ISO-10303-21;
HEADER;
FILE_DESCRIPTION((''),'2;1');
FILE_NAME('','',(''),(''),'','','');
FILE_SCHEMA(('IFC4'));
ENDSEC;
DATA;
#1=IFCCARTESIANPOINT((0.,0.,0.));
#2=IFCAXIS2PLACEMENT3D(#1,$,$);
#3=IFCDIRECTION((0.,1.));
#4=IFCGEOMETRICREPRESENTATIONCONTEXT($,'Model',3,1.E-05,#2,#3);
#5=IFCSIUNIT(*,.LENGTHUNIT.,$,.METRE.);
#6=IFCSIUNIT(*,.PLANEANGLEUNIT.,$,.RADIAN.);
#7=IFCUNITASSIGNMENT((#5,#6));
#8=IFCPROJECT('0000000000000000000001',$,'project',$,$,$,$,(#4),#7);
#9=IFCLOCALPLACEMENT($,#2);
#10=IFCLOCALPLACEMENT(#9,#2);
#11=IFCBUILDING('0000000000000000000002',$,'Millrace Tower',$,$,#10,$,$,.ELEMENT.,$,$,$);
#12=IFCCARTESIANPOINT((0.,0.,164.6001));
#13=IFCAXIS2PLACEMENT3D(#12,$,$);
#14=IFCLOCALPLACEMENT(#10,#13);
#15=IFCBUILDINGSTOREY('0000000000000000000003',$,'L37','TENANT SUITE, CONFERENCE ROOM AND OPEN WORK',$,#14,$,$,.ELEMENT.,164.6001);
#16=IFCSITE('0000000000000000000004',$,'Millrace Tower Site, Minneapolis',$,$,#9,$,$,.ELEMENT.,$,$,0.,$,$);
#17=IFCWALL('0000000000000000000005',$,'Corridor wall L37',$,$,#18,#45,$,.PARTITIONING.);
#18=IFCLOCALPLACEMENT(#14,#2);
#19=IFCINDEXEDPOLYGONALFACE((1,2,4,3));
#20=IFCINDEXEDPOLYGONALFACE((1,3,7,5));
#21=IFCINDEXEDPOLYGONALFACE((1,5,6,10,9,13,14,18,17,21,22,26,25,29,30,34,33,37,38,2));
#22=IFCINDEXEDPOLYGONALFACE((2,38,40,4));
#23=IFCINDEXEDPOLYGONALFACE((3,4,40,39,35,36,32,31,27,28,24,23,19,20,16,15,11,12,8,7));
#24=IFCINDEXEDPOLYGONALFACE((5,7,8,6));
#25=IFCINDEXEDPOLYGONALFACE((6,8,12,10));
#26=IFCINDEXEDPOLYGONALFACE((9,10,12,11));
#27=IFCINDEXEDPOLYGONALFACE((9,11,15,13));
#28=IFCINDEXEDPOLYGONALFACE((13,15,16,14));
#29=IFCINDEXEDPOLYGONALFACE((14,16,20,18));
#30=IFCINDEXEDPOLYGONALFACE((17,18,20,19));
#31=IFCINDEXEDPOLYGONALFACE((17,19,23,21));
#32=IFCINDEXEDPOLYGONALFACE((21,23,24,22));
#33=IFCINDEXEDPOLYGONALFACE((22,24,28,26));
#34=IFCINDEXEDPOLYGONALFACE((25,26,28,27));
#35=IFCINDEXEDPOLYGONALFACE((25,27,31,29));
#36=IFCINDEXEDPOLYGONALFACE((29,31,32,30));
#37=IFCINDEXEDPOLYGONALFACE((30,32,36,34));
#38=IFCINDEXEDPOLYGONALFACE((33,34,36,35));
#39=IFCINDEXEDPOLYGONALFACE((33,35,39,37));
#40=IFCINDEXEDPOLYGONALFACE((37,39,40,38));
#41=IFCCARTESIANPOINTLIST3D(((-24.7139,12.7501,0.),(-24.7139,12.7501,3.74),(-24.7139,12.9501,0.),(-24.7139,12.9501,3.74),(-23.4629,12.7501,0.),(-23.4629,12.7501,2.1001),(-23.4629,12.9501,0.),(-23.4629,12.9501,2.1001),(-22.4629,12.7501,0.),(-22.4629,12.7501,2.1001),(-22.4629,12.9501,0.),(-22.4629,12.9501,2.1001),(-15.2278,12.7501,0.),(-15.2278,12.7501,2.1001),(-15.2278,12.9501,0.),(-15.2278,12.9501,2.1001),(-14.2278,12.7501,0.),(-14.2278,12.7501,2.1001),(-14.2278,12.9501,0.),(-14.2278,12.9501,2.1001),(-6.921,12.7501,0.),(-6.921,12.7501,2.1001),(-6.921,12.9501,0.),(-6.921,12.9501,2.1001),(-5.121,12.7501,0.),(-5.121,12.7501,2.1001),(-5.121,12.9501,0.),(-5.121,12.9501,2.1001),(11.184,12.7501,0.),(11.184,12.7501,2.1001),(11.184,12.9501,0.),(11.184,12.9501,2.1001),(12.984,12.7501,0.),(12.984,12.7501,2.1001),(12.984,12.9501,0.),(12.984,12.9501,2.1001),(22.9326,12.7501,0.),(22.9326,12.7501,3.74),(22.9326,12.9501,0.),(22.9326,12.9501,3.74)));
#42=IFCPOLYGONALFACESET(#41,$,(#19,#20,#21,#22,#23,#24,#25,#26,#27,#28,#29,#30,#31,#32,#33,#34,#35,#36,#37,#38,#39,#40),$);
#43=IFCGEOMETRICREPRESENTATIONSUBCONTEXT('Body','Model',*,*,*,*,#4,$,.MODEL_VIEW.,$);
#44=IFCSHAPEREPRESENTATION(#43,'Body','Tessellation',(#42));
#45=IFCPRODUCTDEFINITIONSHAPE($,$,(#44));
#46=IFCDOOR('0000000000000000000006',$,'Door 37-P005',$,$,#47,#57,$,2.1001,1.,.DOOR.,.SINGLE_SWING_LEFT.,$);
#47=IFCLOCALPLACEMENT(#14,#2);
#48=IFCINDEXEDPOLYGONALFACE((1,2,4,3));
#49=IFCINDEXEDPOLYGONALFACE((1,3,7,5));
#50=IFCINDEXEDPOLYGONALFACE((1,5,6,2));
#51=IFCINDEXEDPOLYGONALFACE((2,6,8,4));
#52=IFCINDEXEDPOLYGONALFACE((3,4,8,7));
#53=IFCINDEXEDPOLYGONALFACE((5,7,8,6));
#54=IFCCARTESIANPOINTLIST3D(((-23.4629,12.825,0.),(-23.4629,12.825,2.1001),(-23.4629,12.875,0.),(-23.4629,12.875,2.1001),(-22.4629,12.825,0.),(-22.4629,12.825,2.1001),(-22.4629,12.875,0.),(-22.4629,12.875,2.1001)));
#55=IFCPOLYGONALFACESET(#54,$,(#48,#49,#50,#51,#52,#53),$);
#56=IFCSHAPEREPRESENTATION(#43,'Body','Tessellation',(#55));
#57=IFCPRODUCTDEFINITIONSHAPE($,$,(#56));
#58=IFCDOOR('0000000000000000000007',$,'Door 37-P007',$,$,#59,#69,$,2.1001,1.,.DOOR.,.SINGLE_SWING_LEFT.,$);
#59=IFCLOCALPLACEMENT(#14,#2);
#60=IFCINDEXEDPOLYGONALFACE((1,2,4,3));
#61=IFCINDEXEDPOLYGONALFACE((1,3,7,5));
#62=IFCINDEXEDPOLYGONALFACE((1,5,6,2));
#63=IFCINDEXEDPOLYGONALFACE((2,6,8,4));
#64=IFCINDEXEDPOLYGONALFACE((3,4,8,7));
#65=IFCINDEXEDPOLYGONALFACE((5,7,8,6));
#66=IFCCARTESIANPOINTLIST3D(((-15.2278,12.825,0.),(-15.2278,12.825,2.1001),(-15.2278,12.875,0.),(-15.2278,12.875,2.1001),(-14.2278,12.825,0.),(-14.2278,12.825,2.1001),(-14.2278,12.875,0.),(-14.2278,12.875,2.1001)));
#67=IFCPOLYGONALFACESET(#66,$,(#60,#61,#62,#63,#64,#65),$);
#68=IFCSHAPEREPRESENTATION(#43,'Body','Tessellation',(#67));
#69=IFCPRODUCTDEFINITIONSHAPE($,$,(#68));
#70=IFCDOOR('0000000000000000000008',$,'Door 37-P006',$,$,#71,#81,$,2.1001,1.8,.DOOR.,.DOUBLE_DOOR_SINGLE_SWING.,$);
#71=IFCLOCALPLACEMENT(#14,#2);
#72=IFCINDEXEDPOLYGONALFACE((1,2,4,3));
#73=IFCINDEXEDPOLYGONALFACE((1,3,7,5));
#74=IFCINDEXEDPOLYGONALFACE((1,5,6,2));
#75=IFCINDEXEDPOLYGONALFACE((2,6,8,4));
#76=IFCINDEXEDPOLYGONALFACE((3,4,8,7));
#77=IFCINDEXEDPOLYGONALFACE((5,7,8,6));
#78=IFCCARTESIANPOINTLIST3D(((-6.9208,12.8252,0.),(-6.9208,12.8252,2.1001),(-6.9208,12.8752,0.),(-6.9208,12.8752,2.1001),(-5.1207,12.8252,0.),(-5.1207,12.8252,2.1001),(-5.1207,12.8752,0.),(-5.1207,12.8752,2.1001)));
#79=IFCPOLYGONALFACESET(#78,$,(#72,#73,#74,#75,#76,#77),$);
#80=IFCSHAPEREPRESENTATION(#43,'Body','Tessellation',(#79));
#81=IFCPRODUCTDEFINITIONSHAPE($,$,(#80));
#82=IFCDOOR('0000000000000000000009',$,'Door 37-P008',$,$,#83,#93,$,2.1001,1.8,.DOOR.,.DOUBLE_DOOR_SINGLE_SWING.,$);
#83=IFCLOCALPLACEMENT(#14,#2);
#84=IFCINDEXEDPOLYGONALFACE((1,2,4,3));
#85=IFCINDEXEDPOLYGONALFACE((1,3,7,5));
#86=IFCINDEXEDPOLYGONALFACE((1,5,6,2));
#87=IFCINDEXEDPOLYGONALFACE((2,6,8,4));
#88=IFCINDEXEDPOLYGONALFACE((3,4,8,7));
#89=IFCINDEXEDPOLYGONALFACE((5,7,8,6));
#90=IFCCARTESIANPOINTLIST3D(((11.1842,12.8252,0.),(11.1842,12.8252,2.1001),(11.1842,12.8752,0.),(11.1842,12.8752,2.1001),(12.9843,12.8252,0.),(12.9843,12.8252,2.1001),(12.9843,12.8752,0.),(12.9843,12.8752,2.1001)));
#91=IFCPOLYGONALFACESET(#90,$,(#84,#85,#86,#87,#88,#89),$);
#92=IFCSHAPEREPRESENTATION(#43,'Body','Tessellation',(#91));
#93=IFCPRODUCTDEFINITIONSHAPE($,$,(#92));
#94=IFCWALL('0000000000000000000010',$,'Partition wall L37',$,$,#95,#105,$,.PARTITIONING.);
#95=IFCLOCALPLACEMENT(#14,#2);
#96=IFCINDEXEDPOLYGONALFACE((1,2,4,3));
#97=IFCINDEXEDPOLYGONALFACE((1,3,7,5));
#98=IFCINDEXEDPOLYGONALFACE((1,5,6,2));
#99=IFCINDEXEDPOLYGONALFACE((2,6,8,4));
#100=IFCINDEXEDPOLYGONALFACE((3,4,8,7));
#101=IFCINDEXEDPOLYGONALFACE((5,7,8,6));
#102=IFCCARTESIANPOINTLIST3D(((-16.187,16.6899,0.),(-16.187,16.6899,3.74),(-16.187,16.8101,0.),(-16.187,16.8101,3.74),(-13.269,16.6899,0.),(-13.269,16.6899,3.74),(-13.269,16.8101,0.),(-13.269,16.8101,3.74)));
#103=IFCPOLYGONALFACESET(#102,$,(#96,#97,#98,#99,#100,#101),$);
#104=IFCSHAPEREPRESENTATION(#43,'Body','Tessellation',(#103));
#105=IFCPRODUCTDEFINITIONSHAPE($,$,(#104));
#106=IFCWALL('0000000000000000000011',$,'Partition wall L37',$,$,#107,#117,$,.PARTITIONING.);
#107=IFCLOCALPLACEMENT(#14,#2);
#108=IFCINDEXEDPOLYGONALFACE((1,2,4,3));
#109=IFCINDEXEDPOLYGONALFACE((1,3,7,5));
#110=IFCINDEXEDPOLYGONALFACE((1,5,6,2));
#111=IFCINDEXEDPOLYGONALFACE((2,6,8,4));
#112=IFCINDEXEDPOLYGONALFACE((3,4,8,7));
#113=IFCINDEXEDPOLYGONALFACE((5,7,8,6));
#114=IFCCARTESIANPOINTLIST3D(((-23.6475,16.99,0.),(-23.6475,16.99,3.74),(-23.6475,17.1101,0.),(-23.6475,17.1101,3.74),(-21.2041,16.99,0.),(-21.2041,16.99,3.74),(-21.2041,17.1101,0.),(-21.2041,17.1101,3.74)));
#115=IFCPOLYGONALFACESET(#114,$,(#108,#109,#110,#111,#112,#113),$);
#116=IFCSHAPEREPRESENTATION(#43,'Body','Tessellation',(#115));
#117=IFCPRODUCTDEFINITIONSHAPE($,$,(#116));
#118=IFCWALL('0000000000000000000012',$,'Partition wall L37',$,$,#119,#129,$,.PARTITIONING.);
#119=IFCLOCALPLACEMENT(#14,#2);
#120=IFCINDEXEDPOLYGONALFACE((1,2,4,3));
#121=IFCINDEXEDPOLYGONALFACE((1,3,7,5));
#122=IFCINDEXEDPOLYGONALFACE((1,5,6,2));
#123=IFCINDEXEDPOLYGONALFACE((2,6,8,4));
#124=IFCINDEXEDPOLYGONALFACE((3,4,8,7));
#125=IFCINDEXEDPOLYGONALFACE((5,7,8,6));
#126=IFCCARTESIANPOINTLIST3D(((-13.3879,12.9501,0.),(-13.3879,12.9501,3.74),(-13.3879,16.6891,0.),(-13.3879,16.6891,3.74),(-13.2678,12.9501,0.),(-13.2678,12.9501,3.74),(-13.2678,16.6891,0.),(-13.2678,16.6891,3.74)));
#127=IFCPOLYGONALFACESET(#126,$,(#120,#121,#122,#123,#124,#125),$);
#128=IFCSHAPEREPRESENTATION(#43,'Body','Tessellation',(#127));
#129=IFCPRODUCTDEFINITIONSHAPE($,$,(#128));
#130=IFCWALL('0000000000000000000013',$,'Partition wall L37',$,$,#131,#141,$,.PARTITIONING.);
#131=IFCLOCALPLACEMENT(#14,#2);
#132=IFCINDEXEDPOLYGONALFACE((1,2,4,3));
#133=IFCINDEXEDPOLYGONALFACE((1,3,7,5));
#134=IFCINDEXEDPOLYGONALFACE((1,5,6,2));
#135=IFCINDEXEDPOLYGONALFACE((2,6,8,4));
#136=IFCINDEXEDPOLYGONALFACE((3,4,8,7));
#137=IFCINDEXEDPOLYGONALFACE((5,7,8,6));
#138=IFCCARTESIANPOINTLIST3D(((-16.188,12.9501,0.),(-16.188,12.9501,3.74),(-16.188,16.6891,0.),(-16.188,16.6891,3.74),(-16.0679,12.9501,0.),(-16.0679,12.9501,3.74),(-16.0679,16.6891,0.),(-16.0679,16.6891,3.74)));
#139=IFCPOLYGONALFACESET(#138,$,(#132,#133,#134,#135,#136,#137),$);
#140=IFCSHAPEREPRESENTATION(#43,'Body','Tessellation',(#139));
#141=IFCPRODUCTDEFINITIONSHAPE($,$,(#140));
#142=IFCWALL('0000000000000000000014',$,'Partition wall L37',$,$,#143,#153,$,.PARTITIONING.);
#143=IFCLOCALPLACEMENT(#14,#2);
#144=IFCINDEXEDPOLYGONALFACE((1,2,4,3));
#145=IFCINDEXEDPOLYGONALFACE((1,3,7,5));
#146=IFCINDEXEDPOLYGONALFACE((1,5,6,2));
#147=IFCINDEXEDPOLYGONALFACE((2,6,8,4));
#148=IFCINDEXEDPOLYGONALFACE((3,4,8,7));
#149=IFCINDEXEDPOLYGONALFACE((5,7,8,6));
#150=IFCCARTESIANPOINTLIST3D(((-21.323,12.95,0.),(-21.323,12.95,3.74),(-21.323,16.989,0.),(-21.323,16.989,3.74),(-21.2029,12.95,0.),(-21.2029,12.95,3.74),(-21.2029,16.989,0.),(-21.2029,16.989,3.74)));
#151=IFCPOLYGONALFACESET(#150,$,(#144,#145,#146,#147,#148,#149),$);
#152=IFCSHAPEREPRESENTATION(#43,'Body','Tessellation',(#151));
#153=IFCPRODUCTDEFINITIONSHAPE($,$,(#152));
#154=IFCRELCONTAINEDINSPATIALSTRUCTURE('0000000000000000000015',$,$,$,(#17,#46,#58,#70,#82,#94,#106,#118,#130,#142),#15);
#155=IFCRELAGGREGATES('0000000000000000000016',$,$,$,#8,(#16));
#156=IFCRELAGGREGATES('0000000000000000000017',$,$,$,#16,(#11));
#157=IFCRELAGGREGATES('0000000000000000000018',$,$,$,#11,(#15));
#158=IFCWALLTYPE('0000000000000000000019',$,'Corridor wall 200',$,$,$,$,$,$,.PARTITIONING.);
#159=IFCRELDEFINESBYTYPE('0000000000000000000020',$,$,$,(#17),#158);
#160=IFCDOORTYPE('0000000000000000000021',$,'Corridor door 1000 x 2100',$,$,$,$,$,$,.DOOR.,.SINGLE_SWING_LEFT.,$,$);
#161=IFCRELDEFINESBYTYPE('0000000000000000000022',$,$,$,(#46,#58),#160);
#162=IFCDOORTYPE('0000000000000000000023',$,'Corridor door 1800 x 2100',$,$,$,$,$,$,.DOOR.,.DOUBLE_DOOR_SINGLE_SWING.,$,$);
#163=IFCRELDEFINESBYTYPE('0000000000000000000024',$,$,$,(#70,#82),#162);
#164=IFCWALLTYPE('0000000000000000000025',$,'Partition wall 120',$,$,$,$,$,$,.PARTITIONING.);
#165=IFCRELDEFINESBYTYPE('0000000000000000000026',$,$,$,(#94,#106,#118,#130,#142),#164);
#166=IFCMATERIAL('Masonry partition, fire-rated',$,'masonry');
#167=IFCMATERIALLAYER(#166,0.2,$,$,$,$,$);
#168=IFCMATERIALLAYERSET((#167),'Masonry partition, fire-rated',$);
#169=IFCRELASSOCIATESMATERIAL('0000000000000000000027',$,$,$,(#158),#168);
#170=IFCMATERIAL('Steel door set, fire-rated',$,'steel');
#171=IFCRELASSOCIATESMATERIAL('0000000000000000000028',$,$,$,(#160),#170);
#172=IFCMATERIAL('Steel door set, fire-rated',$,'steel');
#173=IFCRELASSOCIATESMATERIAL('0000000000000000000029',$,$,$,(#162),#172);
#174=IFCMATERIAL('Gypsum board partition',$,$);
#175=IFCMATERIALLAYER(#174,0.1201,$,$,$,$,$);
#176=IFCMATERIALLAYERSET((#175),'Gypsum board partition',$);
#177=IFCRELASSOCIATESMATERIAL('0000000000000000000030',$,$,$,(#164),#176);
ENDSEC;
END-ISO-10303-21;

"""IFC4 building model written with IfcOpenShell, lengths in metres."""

from ifc_helpers import new_model, si_unit, direction, frame, frame_2d, origin, place, context, subcontext, project, spatial, rectangle, extrude, material, layer, layer_set, type_object, element, fill, save


model = new_model("IFC4")

# Units and contexts
model_context = context("Model", 3, precision=1e-05, world=origin(), true_north=direction((0.0, 1.0)))
body_context = subcontext(model_context, "Body", "Model", "MODEL_VIEW")
ifc_project = project(units=[si_unit("LENGTHUNIT", "METRE"), si_unit("PLANEANGLEUNIT", "RADIAN")], contexts=[model_context])

# Site, building, storey
site_placement = place(None, origin())
site = spatial("IfcSite", under=ifc_project, at=site_placement, Name="Millrace Tower Site, Minneapolis", CompositionType="ELEMENT", RefElevation=0.0)
building_placement = place(site_placement, origin())
building = spatial("IfcBuilding", under=site, at=building_placement, Name="Millrace Tower", CompositionType="ELEMENT")
storey_placement = place(building_placement, frame((0.0, 0.0, 164.6001)))
storey = spatial("IfcBuildingStorey", under=building, at=storey_placement, Name="L37", Description="TENANT SUITE, CONFERENCE ROOM AND OPEN WORK", CompositionType="ELEMENT", Elevation=164.6001)

# Wall, openings, doors
ifc_material_1 = material(Name="Masonry partition, fire-rated", Category="masonry")
ifc_layer_1 = layer(ifc_material_1, 0.2)
ifc_layer_set_1 = layer_set([ifc_layer_1], Name="Masonry partition, fire-rated")
wall_type_1 = type_object("IfcWallType", Name="Corridor wall 200", PredefinedType="PARTITIONING", material=ifc_layer_set_1)
wall_1_placement = place(storey_placement, frame((-24.7139, 12.8501, 0.0), z_axis=(0.0, 0.0, 1.0), x_axis=(1.0, 0.0, 0.0)))
wall_1 = element("IfcWall", 1, at=wall_1_placement, inside=storey, type_object=wall_type_1, Name="Corridor wall L37", PredefinedType="PARTITIONING", context=body_context, shape_type="SweptSolid", body=[
    extrude(rectangle(XDim=47.6465, YDim=0.2, at=frame_2d((23.8232, 0.0))), origin(), (0.0, 0.0, 1.0), 3.74),
])
opening_1_placement = place(wall_1_placement, frame((1.251, 0.0, 0.0)))
opening_1 = element("IfcOpeningElement", 2, at=opening_1_placement, cuts=wall_1, PredefinedType="OPENING", context=body_context, shape_type="SweptSolid", body=[
    extrude(rectangle(XDim=1.0, YDim=2.1001, at=frame_2d((0.5, 1.05))), frame((0.0, 0.1099, 0.0), z_axis=(0.0, -1.0, 0.0), x_axis=(1.0, 0.0, 0.0)), (0.0, 0.0, 1.0), 0.22),
])
opening_2_placement = place(wall_1_placement, frame((17.793, 0.0, 0.0)))
opening_2 = element("IfcOpeningElement", 3, at=opening_2_placement, cuts=wall_1, PredefinedType="OPENING", context=body_context, shape_type="SweptSolid", body=[
    extrude(rectangle(XDim=1.8, YDim=2.1001, at=frame_2d((0.8999, 1.05))), frame((0.0, 0.1099, 0.0), z_axis=(0.0, -1.0, 0.0), x_axis=(1.0, 0.0, 0.0)), (0.0, 0.0, 1.0), 0.22),
])
opening_3_placement = place(wall_1_placement, frame((9.4861, 0.0, 0.0)))
opening_3 = element("IfcOpeningElement", 4, at=opening_3_placement, cuts=wall_1, PredefinedType="OPENING", context=body_context, shape_type="SweptSolid", body=[
    extrude(rectangle(XDim=1.0, YDim=2.1001, at=frame_2d((0.5, 1.05))), frame((0.0, 0.1099, 0.0), z_axis=(0.0, -1.0, 0.0), x_axis=(1.0, 0.0, 0.0)), (0.0, 0.0, 1.0), 0.22),
])
opening_4_placement = place(wall_1_placement, frame((35.8979, 0.0, 0.0)))
opening_4 = element("IfcOpeningElement", 5, at=opening_4_placement, cuts=wall_1, PredefinedType="OPENING", context=body_context, shape_type="SweptSolid", body=[
    extrude(rectangle(XDim=1.8, YDim=2.1001, at=frame_2d((0.8999, 1.05))), frame((0.0, 0.1099, 0.0), z_axis=(0.0, -1.0, 0.0), x_axis=(1.0, 0.0, 0.0)), (0.0, 0.0, 1.0), 0.22),
])
ifc_material_2 = material(Name="Steel door set, fire-rated", Category="steel")
door_type_1 = type_object("IfcDoorType", Name="Corridor door 1000 x 2100", OperationType="SINGLE_SWING_LEFT", PredefinedType="DOOR", material=ifc_material_2)
door_1_placement = place(opening_1_placement, origin())
door_1 = element("IfcDoor", 6, at=door_1_placement, inside=storey, type_object=door_type_1, Name="Door 37-P005", OperationType="SINGLE_SWING_LEFT", OverallHeight=2.1001, OverallWidth=1.0, PredefinedType="DOOR", context=body_context, shape_type="SweptSolid", body=[
    extrude(rectangle(XDim=1.0, YDim=2.1001, at=frame_2d((0.5, 1.05))), frame((0.0, 0.0249, 0.0), z_axis=(0.0, -1.0, 0.0), x_axis=(1.0, 0.0, 0.0)), (0.0, 0.0, 1.0), 0.05),
])
fill(opening_1, door_1)
door_2_placement = place(opening_3_placement, origin())
door_2 = element("IfcDoor", 7, at=door_2_placement, inside=storey, type_object=door_type_1, Name="Door 37-P007", OperationType="SINGLE_SWING_LEFT", OverallHeight=2.1001, OverallWidth=1.0, PredefinedType="DOOR", context=body_context, shape_type="SweptSolid", body=[
    extrude(rectangle(XDim=1.0, YDim=2.1001, at=frame_2d((0.5, 1.05))), frame((0.0, 0.0249, 0.0), z_axis=(0.0, -1.0, 0.0), x_axis=(1.0, 0.0, 0.0)), (0.0, 0.0, 1.0), 0.05),
])
fill(opening_3, door_2)
ifc_material_3 = material(Name="Steel door set, fire-rated", Category="steel")
door_type_2 = type_object("IfcDoorType", Name="Corridor door 1800 x 2100", OperationType="DOUBLE_DOOR_SINGLE_SWING", PredefinedType="DOOR", material=ifc_material_3)
door_3_placement = place(opening_2_placement, frame((1.8, 0.0, 0.0), z_axis=(0.0, 0.0, 1.0), x_axis=(-1.0, 0.0, 0.0)))
door_3 = element("IfcDoor", 8, at=door_3_placement, inside=storey, type_object=door_type_2, Name="Door 37-P006", OperationType="DOUBLE_DOOR_SINGLE_SWING", OverallHeight=2.1001, OverallWidth=1.8, PredefinedType="DOOR", context=body_context, shape_type="SweptSolid", body=[
    extrude(rectangle(XDim=1.8, YDim=2.1001, at=frame_2d((0.8999, 1.05))), frame((0.0, 0.0249, 0.0), z_axis=(0.0, -1.0, 0.0), x_axis=(1.0, 0.0, 0.0)), (0.0, 0.0, 1.0), 0.05),
])
fill(opening_2, door_3)
door_4_placement = place(opening_4_placement, frame((1.8, 0.0, 0.0), z_axis=(0.0, 0.0, 1.0), x_axis=(-1.0, 0.0, 0.0)))
door_4 = element("IfcDoor", 9, at=door_4_placement, inside=storey, type_object=door_type_2, Name="Door 37-P008", OperationType="DOUBLE_DOOR_SINGLE_SWING", OverallHeight=2.1001, OverallWidth=1.8, PredefinedType="DOOR", context=body_context, shape_type="SweptSolid", body=[
    extrude(rectangle(XDim=1.8, YDim=2.1001, at=frame_2d((0.8999, 1.05))), frame((0.0, 0.0249, 0.0), z_axis=(0.0, -1.0, 0.0), x_axis=(1.0, 0.0, 0.0)), (0.0, 0.0, 1.0), 0.05),
])
fill(opening_4, door_4)

# Walls
ifc_material_4 = material(Name="Gypsum board partition")
ifc_layer_2 = layer(ifc_material_4, 0.1201)
ifc_layer_set_2 = layer_set([ifc_layer_2], Name="Gypsum board partition")
wall_type_2 = type_object("IfcWallType", Name="Partition wall 120", PredefinedType="PARTITIONING", material=ifc_layer_set_2)
wall_2_placement = place(storey_placement, frame((-16.187, 16.75, 0.0), z_axis=(0.0, 0.0, 1.0), x_axis=(1.0, 0.0, 0.0)))
element("IfcWall", 10, at=wall_2_placement, inside=storey, type_object=wall_type_2, Name="Partition wall L37", PredefinedType="PARTITIONING", context=body_context, shape_type="SweptSolid", body=[
    extrude(rectangle(XDim=2.918, YDim=0.1201, at=frame_2d((1.459, 0.0))), origin(), (0.0, 0.0, 1.0), 3.74),
])
wall_3_placement = place(storey_placement, frame((-23.6475, 17.05, 0.0), z_axis=(0.0, 0.0, 1.0), x_axis=(1.0, 0.0, 0.0)))
element("IfcWall", 11, at=wall_3_placement, inside=storey, type_object=wall_type_2, Name="Partition wall L37", PredefinedType="PARTITIONING", context=body_context, shape_type="SweptSolid", body=[
    extrude(rectangle(XDim=2.4434, YDim=0.1201, at=frame_2d((1.2217, 0.0))), origin(), (0.0, 0.0, 1.0), 3.74),
])
for number, where, z_axis, x_axis, name in (
    (12, (-13.3279, 12.95, 0.0), (0.0, 0.0, 1.0), (0.0, 1.0, 0.0), "Partition wall L37"),
    (13, (-16.1279, 12.95, 0.0), (0.0, 0.0, 1.0), (0.0, 1.0, 0.0), "Partition wall L37"),
):
    element("IfcWall", number, at=place(storey_placement, frame(where, z_axis=z_axis, x_axis=x_axis)), inside=storey, type_object=wall_type_2, Name=name, PredefinedType="PARTITIONING", context=body_context, shape_type="SweptSolid", body=[
        extrude(rectangle(XDim=3.739, YDim=0.1201, at=frame_2d((1.8696, 0.0))), origin(), (0.0, 0.0, 1.0), 3.74),
    ])
wall_4_placement = place(storey_placement, frame((-21.2629, 12.95, 0.0), z_axis=(0.0, 0.0, 1.0), x_axis=(0.0, 1.0, 0.0)))
element("IfcWall", 14, at=wall_4_placement, inside=storey, type_object=wall_type_2, Name="Partition wall L37", PredefinedType="PARTITIONING", context=body_context, shape_type="SweptSolid", body=[
    extrude(rectangle(XDim=4.0391, YDim=0.1201, at=frame_2d((2.0195, 0.0))), origin(), (0.0, 0.0, 1.0), 3.74),
])

save(model, "model.ifc")
